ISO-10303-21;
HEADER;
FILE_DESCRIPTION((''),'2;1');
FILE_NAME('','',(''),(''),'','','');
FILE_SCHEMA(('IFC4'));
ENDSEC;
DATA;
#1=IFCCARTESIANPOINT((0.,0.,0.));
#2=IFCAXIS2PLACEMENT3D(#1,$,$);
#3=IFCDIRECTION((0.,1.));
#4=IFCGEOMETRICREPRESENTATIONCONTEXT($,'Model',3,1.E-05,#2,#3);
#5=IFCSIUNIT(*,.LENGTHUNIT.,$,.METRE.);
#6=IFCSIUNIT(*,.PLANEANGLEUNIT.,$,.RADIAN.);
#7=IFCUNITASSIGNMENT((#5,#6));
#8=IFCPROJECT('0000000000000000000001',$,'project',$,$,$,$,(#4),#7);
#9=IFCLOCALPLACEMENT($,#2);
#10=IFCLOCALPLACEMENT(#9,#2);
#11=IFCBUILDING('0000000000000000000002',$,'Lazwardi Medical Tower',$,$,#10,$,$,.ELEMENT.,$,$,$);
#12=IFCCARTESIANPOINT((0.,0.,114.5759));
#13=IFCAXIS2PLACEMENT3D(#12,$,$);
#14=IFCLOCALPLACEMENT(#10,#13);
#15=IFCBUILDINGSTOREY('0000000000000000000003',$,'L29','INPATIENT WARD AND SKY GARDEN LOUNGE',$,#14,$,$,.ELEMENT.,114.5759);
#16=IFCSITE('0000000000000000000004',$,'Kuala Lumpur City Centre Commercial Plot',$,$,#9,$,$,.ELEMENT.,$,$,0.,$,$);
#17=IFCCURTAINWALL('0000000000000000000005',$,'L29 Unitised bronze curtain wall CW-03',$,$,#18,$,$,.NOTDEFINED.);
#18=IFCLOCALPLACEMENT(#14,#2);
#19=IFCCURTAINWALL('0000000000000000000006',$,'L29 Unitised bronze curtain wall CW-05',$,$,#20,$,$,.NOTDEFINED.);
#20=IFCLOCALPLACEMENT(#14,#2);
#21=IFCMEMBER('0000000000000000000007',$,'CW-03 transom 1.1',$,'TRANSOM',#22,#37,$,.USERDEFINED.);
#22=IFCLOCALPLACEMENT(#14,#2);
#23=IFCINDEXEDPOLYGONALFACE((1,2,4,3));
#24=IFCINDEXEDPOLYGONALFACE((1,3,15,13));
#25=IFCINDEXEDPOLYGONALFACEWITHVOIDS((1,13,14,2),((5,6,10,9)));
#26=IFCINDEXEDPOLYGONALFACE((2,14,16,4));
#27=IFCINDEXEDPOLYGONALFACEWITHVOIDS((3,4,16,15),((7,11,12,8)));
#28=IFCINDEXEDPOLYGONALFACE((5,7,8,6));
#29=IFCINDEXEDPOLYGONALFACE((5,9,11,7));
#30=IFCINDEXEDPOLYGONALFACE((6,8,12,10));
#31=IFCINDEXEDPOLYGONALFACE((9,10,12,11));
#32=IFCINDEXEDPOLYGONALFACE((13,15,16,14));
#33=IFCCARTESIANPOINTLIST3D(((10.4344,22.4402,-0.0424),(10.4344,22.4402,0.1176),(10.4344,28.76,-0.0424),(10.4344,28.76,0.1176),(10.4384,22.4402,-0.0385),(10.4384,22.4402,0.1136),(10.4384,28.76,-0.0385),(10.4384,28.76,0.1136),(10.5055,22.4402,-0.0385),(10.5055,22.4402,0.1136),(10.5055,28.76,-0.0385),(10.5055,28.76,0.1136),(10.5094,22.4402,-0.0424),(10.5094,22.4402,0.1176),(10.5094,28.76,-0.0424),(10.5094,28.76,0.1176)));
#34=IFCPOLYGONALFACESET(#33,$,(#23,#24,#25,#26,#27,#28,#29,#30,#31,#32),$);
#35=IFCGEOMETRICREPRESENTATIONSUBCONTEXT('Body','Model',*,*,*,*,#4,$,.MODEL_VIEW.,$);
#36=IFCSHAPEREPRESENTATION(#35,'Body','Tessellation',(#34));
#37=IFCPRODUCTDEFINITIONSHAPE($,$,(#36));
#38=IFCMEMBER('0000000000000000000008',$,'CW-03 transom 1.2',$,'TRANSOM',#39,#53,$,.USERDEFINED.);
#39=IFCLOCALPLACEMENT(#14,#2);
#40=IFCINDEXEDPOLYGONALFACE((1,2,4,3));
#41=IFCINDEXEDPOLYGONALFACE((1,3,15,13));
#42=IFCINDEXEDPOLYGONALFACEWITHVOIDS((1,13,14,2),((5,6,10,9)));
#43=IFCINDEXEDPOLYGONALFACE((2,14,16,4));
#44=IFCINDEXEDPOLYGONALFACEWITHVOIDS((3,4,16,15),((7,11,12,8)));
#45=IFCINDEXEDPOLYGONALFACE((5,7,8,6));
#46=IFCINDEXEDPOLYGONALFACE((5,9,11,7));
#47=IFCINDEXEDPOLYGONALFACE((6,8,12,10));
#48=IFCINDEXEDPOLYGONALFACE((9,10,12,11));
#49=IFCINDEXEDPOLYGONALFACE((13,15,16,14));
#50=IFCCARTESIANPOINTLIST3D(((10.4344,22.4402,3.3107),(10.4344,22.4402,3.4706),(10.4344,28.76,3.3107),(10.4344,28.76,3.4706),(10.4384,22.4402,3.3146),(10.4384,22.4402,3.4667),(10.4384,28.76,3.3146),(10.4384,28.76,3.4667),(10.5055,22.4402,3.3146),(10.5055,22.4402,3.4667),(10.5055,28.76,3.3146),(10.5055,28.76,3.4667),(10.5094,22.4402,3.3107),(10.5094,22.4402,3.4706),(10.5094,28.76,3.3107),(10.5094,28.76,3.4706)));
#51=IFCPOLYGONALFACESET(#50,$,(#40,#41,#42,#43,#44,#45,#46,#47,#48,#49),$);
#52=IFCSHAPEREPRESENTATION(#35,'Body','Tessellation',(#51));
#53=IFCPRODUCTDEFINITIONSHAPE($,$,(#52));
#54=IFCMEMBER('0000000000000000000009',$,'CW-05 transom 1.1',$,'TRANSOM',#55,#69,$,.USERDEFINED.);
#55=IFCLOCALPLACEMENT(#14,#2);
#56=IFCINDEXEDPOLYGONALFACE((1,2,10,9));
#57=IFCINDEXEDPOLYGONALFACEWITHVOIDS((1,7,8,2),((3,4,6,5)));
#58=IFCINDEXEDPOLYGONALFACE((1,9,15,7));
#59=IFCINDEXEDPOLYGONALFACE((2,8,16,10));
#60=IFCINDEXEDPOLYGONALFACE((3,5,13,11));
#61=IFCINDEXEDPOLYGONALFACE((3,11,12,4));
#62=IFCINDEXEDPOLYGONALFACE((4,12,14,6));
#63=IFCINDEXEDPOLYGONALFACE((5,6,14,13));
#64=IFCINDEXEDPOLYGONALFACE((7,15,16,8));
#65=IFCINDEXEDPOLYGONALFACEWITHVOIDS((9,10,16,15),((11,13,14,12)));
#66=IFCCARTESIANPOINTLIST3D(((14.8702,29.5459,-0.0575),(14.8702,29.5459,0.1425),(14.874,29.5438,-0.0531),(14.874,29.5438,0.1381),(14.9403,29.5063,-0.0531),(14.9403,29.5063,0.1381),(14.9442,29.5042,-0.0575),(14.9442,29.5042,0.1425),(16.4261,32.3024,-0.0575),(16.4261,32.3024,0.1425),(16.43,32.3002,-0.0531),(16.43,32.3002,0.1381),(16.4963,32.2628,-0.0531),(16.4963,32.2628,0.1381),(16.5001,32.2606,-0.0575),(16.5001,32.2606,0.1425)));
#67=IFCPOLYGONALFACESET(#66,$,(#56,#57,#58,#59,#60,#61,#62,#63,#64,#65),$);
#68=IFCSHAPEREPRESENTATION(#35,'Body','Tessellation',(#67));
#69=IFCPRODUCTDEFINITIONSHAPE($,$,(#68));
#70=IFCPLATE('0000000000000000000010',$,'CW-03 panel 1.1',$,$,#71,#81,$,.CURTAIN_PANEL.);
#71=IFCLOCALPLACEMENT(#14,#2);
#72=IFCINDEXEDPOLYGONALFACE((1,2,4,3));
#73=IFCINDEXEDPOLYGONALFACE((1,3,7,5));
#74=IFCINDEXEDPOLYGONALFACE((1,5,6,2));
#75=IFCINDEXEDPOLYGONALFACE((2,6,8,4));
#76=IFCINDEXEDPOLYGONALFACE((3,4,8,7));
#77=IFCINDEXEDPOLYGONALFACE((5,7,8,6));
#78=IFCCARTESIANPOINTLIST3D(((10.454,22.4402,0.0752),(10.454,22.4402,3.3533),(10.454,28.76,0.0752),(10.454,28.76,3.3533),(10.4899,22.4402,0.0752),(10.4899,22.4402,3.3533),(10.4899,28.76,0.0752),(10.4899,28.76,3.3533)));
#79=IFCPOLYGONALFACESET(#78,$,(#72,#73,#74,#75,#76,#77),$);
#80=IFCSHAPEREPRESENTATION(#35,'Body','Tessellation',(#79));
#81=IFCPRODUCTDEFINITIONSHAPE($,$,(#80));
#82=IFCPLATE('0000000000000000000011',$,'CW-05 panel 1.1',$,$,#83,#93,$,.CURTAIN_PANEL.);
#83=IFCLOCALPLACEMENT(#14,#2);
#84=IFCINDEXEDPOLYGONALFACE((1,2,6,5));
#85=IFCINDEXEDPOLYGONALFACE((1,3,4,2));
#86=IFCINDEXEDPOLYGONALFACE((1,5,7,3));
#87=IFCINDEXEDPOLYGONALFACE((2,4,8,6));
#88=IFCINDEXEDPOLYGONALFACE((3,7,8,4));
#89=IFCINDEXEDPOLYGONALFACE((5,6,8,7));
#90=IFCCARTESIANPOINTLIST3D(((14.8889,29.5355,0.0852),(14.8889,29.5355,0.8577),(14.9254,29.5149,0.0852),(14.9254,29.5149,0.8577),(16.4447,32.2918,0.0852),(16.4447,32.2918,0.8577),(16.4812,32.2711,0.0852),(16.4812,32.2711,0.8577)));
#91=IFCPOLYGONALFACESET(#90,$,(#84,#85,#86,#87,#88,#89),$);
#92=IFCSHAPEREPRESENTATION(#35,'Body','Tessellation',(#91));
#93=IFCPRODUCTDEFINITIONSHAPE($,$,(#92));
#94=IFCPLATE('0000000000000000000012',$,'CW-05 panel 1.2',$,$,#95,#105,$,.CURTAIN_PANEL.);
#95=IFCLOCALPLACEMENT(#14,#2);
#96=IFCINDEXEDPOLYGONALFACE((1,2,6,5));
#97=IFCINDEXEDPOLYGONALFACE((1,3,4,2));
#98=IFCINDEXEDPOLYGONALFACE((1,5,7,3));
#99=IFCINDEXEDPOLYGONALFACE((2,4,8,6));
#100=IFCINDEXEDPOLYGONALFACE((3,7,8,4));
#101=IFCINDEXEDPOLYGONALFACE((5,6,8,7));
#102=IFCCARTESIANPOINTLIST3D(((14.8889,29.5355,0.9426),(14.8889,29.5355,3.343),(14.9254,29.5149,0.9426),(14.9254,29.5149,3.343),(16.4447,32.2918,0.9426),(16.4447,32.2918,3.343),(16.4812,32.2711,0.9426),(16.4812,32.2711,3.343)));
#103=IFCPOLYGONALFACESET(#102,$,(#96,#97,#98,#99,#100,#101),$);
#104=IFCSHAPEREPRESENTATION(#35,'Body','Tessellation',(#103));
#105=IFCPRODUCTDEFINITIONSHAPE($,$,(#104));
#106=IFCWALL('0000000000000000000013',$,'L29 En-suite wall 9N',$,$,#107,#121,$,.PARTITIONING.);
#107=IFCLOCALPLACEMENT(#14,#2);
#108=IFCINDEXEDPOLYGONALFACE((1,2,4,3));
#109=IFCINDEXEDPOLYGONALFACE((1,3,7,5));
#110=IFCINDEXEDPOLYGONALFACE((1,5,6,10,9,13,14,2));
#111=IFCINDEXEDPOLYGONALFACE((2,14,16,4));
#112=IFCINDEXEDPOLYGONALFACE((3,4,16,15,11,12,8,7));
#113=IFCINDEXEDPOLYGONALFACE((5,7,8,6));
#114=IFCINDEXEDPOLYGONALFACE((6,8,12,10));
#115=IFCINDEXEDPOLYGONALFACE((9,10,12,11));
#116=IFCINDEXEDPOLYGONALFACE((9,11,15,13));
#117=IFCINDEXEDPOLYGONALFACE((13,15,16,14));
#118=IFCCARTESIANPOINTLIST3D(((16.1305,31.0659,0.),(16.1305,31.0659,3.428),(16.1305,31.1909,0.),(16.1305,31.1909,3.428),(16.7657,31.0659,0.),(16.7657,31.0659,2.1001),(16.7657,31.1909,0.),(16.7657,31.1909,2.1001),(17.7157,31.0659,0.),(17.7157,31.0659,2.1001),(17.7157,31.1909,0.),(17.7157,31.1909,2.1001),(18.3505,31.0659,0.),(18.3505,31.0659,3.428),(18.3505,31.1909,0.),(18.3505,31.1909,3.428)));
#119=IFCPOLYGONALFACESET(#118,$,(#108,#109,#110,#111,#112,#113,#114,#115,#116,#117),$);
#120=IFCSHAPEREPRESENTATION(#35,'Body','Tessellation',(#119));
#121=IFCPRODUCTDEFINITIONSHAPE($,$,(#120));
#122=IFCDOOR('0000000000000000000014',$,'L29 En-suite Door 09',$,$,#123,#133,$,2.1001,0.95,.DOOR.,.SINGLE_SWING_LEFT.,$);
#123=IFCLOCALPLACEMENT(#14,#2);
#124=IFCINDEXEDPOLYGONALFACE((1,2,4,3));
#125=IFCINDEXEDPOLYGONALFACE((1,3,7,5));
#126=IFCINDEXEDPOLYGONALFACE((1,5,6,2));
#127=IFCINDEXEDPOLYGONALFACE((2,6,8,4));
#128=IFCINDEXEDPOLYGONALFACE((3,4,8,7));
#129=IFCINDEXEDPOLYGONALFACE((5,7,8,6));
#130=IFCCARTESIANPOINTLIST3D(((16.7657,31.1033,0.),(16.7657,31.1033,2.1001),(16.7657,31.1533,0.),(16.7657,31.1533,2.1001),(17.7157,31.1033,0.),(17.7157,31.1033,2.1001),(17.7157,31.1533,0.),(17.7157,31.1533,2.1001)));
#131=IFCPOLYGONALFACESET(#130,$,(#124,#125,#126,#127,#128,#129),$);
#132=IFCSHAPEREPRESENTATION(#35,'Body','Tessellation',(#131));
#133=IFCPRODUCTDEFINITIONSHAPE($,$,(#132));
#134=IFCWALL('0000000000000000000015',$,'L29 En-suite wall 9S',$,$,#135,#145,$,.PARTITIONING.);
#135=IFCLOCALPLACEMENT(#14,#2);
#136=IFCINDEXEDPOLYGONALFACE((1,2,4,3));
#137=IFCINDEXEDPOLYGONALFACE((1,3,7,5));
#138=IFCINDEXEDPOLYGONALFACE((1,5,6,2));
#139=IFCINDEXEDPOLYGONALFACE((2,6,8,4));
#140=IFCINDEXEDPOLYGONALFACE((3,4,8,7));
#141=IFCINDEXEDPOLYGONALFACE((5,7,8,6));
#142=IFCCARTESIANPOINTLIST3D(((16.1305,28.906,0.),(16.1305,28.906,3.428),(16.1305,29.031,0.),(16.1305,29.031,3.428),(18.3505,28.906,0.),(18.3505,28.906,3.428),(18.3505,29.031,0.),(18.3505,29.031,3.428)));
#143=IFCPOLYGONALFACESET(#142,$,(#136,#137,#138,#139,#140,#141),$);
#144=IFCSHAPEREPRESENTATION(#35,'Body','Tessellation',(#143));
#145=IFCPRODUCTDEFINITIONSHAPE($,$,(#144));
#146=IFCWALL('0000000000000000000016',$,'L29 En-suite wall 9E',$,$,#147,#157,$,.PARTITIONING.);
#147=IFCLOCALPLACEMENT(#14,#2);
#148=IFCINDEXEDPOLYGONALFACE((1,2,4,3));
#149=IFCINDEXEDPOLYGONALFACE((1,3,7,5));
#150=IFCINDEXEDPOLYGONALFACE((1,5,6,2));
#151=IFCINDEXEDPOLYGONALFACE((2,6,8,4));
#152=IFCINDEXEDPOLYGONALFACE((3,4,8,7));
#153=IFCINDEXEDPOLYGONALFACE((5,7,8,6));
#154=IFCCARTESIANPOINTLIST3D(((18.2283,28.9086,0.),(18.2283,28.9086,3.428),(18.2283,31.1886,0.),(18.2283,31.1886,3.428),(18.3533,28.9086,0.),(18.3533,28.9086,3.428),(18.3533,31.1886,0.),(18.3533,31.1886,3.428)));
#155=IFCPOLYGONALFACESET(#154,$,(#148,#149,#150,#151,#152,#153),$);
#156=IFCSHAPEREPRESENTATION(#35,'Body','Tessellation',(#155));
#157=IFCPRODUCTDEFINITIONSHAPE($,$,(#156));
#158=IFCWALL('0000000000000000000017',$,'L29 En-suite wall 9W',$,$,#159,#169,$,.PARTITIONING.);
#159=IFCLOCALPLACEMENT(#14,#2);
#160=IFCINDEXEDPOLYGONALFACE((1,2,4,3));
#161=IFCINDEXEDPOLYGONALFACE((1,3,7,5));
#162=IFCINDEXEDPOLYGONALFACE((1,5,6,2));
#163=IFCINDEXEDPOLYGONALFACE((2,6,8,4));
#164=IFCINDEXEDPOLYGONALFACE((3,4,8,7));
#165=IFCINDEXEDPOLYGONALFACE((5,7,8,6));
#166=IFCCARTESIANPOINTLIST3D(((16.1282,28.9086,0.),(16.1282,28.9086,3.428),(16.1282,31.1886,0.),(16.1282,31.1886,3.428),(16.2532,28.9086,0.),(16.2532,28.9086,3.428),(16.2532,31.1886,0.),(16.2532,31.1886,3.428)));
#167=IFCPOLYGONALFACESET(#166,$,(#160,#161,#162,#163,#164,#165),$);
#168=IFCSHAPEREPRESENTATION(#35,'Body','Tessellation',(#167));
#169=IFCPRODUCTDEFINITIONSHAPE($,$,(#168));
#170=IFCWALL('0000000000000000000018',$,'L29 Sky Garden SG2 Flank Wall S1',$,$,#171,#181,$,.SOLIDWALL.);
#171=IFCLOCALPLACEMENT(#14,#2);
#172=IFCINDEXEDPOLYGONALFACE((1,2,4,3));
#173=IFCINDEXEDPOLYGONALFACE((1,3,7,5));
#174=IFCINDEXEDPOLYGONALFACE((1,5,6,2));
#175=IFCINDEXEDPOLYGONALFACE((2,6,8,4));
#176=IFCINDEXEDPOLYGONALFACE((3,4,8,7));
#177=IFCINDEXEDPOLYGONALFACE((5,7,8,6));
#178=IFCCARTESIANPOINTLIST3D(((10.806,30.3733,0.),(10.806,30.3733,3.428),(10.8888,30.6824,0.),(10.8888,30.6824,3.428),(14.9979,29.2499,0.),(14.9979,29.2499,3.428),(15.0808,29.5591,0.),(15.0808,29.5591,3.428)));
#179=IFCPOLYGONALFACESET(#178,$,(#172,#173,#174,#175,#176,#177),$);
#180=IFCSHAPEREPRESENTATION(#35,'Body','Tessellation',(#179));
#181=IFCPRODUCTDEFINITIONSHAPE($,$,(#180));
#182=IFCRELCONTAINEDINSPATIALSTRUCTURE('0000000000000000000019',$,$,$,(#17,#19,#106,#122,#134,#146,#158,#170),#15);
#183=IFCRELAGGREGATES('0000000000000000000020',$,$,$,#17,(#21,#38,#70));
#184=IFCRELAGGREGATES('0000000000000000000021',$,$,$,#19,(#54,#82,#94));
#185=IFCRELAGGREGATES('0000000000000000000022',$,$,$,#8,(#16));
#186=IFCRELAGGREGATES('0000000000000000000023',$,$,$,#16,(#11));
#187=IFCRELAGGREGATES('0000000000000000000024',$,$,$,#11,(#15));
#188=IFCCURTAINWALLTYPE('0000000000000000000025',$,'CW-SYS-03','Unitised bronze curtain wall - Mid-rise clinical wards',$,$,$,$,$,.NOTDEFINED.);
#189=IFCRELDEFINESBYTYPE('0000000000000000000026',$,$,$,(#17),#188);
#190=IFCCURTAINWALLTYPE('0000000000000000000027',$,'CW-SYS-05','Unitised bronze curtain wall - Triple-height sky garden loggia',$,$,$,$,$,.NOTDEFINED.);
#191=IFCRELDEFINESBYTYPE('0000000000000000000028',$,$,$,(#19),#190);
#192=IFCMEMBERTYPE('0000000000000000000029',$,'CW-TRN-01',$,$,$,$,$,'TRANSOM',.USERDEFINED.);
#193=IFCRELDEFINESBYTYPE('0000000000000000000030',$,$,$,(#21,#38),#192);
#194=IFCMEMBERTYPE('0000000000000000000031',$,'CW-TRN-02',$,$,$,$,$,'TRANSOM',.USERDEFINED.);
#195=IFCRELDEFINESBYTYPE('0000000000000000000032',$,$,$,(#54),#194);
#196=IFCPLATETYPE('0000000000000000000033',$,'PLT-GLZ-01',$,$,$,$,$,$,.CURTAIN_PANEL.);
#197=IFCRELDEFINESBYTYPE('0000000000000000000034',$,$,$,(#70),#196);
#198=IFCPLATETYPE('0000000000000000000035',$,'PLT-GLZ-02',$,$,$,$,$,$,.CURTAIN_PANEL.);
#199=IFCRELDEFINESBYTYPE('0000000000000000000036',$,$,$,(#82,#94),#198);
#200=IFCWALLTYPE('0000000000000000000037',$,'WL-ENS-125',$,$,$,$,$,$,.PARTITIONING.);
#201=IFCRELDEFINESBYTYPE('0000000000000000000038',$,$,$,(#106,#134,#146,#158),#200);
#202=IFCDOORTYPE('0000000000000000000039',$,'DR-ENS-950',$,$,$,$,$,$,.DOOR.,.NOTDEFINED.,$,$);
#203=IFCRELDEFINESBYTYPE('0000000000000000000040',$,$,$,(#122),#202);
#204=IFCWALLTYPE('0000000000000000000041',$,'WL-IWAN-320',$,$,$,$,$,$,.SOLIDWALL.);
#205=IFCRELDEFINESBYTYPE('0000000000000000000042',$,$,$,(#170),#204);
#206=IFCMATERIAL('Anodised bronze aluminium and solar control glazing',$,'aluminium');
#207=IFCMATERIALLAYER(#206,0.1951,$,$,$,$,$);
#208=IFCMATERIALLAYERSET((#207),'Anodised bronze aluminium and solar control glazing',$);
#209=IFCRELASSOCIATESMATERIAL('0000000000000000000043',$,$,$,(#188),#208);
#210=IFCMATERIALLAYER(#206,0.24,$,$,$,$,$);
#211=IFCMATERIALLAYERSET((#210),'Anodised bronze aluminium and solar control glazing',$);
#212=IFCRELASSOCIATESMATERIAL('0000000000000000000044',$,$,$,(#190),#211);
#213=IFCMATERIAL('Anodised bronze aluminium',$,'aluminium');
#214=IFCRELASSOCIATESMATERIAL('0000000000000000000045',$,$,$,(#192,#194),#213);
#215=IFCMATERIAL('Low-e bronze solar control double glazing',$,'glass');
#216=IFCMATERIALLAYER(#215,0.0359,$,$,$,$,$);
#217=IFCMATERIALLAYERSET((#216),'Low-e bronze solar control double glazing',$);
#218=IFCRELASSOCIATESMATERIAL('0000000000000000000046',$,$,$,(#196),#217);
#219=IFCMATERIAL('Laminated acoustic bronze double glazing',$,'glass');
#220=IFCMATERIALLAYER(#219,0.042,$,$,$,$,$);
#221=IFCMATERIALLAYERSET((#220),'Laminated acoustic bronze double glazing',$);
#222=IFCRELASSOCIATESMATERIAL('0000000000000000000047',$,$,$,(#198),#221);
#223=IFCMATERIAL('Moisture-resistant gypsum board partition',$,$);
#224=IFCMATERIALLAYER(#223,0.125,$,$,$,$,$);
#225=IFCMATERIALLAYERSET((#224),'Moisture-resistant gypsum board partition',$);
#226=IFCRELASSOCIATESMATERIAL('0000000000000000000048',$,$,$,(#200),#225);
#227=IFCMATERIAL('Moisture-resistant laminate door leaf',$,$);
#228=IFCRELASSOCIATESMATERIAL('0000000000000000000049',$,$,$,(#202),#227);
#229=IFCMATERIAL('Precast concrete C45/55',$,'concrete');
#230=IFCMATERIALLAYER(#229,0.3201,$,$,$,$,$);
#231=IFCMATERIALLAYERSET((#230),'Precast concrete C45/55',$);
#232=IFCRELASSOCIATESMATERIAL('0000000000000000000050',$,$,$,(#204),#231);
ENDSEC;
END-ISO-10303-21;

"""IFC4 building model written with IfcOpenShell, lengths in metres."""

from ifc_helpers import new_model, si_unit, direction, frame, frame_2d, origin, origin_2d, place, context, subcontext, project, spatial, rectangle, hollow_rectangle, extrude, material, layer, layer_set, material_profile, profile_set, type_object, element, fill, aggregate, save


model = new_model("IFC4")

# Units and contexts
model_context = context("Model", 3, precision=1e-05, world=origin(), true_north=direction((0.0, 1.0)))
body_context = subcontext(model_context, "Body", "Model", "MODEL_VIEW")
ifc_project = project(units=[si_unit("LENGTHUNIT", "METRE"), si_unit("PLANEANGLEUNIT", "RADIAN")], contexts=[model_context])

# Site, building, storey
site_placement = place(None, origin())
site = spatial("IfcSite", under=ifc_project, at=site_placement, Name="Kuala Lumpur City Centre Commercial Plot", CompositionType="ELEMENT", RefElevation=0.0)
building_placement = place(site_placement, origin())
building = spatial("IfcBuilding", under=site, at=building_placement, Name="Lazwardi Medical Tower", CompositionType="ELEMENT")
storey_placement = place(building_placement, frame((0.0, 0.0, 114.5759)))
storey = spatial("IfcBuildingStorey", under=building, at=storey_placement, Name="L29", Description="INPATIENT WARD AND SKY GARDEN LOUNGE", CompositionType="ELEMENT", Elevation=114.5759)

# Curtain walls
ifc_material_1 = material(Name="Anodised bronze aluminium and solar control glazing", Category="aluminium")
ifc_layer_1 = layer(ifc_material_1, 0.1951)
ifc_layer_set_1 = layer_set([ifc_layer_1], Name="Anodised bronze aluminium and solar control glazing")
curtain_wall_type_1 = type_object("IfcCurtainWallType", Name="CW-SYS-03", Description="Unitised bronze curtain wall - Mid-rise clinical wards", PredefinedType="NOTDEFINED", material=ifc_layer_set_1)
curtain_wall_1_placement = place(storey_placement, origin())
curtain_wall_1 = element("IfcCurtainWall", 1, at=curtain_wall_1_placement, inside=storey, type_object=curtain_wall_type_1, Name="L29 Unitised bronze curtain wall CW-03", PredefinedType="NOTDEFINED")
ifc_material_2 = material(Name="Anodised bronze aluminium", Category="aluminium")
ifc_layer_2 = layer(ifc_material_1, 0.24)
ifc_layer_set_2 = layer_set([ifc_layer_2], Name="Anodised bronze aluminium and solar control glazing")
curtain_wall_type_2 = type_object("IfcCurtainWallType", Name="CW-SYS-05", Description="Unitised bronze curtain wall - Triple-height sky garden loggia", PredefinedType="NOTDEFINED", material=ifc_layer_set_2)
curtain_wall_2_placement = place(storey_placement, origin())
curtain_wall_2 = element("IfcCurtainWall", 2, at=curtain_wall_2_placement, inside=storey, type_object=curtain_wall_type_2, Name="L29 Unitised bronze curtain wall CW-05", PredefinedType="NOTDEFINED")

# Members
ifc_material_profile_1 = material_profile(ifc_material_2, hollow_rectangle(XDim=0.075, YDim=0.1599, WallThickness=0.0039, at=origin_2d()), Name="ALU-TRANSOM 160x75x4")
ifc_profile_set_1 = profile_set([ifc_material_profile_1], Name="Anodised bronze aluminium")
member_type_1 = type_object("IfcMemberType", Name="CW-TRN-01", ElementType="TRANSOM", PredefinedType="USERDEFINED", material=ifc_profile_set_1)
member_1_placement = place(storey_placement, frame((10.4719, 28.76, 0.0376), z_axis=(0.0, -1.0, 0.0), x_axis=(1.0, 0.0, 0.0)))
member_1 = element("IfcMember", 3, at=member_1_placement, type_object=member_type_1, Name="CW-03 transom 1.1", ObjectType="TRANSOM", PredefinedType="USERDEFINED", context=body_context, shape_type="SweptSolid", body=[
    extrude(hollow_rectangle(XDim=0.075, YDim=0.1599, WallThickness=0.0039, at=origin_2d()), origin(), (0.0, 0.0, 1.0), 6.3198),
])
member_2_placement = place(storey_placement, frame((10.4719, 28.76, 3.3906), z_axis=(0.0, -1.0, 0.0), x_axis=(1.0, 0.0, 0.0)))
member_2 = element("IfcMember", 4, at=member_2_placement, type_object=member_type_1, Name="CW-03 transom 1.2", ObjectType="TRANSOM", PredefinedType="USERDEFINED", context=body_context, shape_type="SweptSolid", body=[
    extrude(hollow_rectangle(XDim=0.075, YDim=0.1599, WallThickness=0.0039, at=origin_2d()), origin(), (0.0, 0.0, 1.0), 6.3198),
])
ifc_material_profile_2 = material_profile(ifc_material_2, hollow_rectangle(XDim=0.085, YDim=0.2, WallThickness=0.0044, at=origin_2d()), Name="ALU-TRANSOM 200x85x4.5")
ifc_profile_set_2 = profile_set([ifc_material_profile_2], Name="Anodised bronze aluminium")
member_type_2 = type_object("IfcMemberType", Name="CW-TRN-02", ElementType="TRANSOM", PredefinedType="USERDEFINED", material=ifc_profile_set_2)
member_3_placement = place(storey_placement, frame((16.4631, 32.2815, 0.0425), z_axis=(-0.491572, -0.870837, 0.0), x_axis=(0.870837, -0.491572, 0.0)))
member_3 = element("IfcMember", 5, at=member_3_placement, type_object=member_type_2, Name="CW-05 transom 1.1", ObjectType="TRANSOM", PredefinedType="USERDEFINED", context=body_context, shape_type="SweptSolid", body=[
    extrude(hollow_rectangle(XDim=0.085, YDim=0.2, WallThickness=0.0044, at=origin_2d()), origin(), (0.0, 0.0, 1.0), 3.1653),
])

# Plates
ifc_material_3 = material(Name="Low-e bronze solar control double glazing", Category="glass")
ifc_layer_3 = layer(ifc_material_3, 0.0359)
ifc_layer_set_3 = layer_set([ifc_layer_3], Name="Low-e bronze solar control double glazing")
plate_type_1 = type_object("IfcPlateType", Name="PLT-GLZ-01", PredefinedType="CURTAIN_PANEL", material=ifc_layer_set_3)
plate_1_placement = place(storey_placement, frame((10.4719, 25.6001, 0.0752), z_axis=(0.0, 0.0, 1.0), x_axis=(0.0, -1.0, 0.0)))
plate_1 = element("IfcPlate", 6, at=plate_1_placement, type_object=plate_type_1, Name="CW-03 panel 1.1", PredefinedType="CURTAIN_PANEL", context=body_context, shape_type="SweptSolid", body=[
    extrude(rectangle(XDim=6.3198, YDim=0.0359, at=origin_2d()), origin(), (0.0, 0.0, 1.0), 3.2781),
])
aggregate(curtain_wall_1, [member_1, member_2, plate_1])
ifc_material_4 = material(Name="Laminated acoustic bronze double glazing", Category="glass")
ifc_layer_4 = layer(ifc_material_4, 0.042)
ifc_layer_set_4 = layer_set([ifc_layer_4], Name="Laminated acoustic bronze double glazing")
plate_type_2 = type_object("IfcPlateType", Name="PLT-GLZ-02", PredefinedType="CURTAIN_PANEL", material=ifc_layer_set_4)
plate_2_placement = place(storey_placement, frame((15.6851, 30.9033, 0.0852), z_axis=(0.0, 0.0, 1.0), x_axis=(-0.491556, -0.870846, 0.0)))
plate_2 = element("IfcPlate", 7, at=plate_2_placement, type_object=plate_type_2, Name="CW-05 panel 1.1", PredefinedType="CURTAIN_PANEL", context=body_context, shape_type="SweptSolid", body=[
    extrude(rectangle(XDim=3.165, YDim=0.042, at=origin_2d()), origin(), (0.0, 0.0, 1.0), 0.7725),
])
plate_3_placement = place(storey_placement, frame((15.6851, 30.9033, 0.9426), z_axis=(0.0, 0.0, 1.0), x_axis=(-0.491556, -0.870846, 0.0)))
plate_3 = element("IfcPlate", 8, at=plate_3_placement, type_object=plate_type_2, Name="CW-05 panel 1.2", PredefinedType="CURTAIN_PANEL", context=body_context, shape_type="SweptSolid", body=[
    extrude(rectangle(XDim=3.165, YDim=0.042, at=origin_2d()), origin(), (0.0, 0.0, 1.0), 2.4004),
])
aggregate(curtain_wall_2, [member_3, plate_2, plate_3])

# Wall, opening, door
ifc_material_5 = material(Name="Moisture-resistant gypsum board partition")
ifc_layer_5 = layer(ifc_material_5, 0.125)
ifc_layer_set_5 = layer_set([ifc_layer_5], Name="Moisture-resistant gypsum board partition")
wall_type_1 = type_object("IfcWallType", Name="WL-ENS-125", PredefinedType="PARTITIONING", material=ifc_layer_set_5)
wall_1_placement = place(storey_placement, frame((16.1306, 31.1284, 0.0), z_axis=(0.0, 0.0, 1.0), x_axis=(1.0, 0.0, 0.0)))
wall_1 = element("IfcWall", 9, at=wall_1_placement, inside=storey, type_object=wall_type_1, Name="L29 En-suite wall 9N", PredefinedType="PARTITIONING", context=body_context, shape_type="SweptSolid", body=[
    extrude(rectangle(XDim=2.22, YDim=0.125, at=frame_2d((1.1099, 0.0))), origin(), (0.0, 0.0, 1.0), 3.428),
])
opening_placement = place(wall_1_placement, frame((0.635, 0.0, 0.0)))
opening = element("IfcOpeningElement", 10, at=opening_placement, cuts=wall_1, PredefinedType="OPENING", context=body_context, shape_type="SweptSolid", body=[
    extrude(rectangle(XDim=0.95, YDim=2.1001, at=frame_2d((0.4751, 1.05))), frame((0.0, 0.0725, 0.0), z_axis=(0.0, -1.0, 0.0), x_axis=(1.0, 0.0, 0.0)), (0.0, 0.0, 1.0), 0.145),
])
ifc_material_6 = material(Name="Moisture-resistant laminate door leaf")
door_type = type_object("IfcDoorType", Name="DR-ENS-950", OperationType="NOTDEFINED", PredefinedType="DOOR", material=ifc_material_6)
door_placement = place(opening_placement, origin())
door = element("IfcDoor", 11, at=door_placement, inside=storey, type_object=door_type, Name="L29 En-suite Door 09", OperationType="SINGLE_SWING_LEFT", OverallHeight=2.1001, OverallWidth=0.95, PredefinedType="DOOR", context=body_context, shape_type="SweptSolid", body=[
    extrude(rectangle(XDim=0.95, YDim=2.1001, at=frame_2d((0.4751, 1.05))), frame((0.0, 0.0249, 0.0), z_axis=(0.0, -1.0, 0.0), x_axis=(1.0, 0.0, 0.0)), (0.0, 0.0, 1.0), 0.05),
])
fill(opening, door)

# Walls
wall_2_placement = place(storey_placement, frame((16.1306, 28.9685, 0.0), z_axis=(0.0, 0.0, 1.0), x_axis=(1.0, 0.0, 0.0)))
element("IfcWall", 12, at=wall_2_placement, inside=storey, type_object=wall_type_1, Name="L29 En-suite wall 9S", PredefinedType="PARTITIONING", context=body_context, shape_type="SweptSolid", body=[
    extrude(rectangle(XDim=2.22, YDim=0.125, at=frame_2d((1.1099, 0.0))), origin(), (0.0, 0.0, 1.0), 3.428),
])
for number, where, z_axis, x_axis, name in (
    (13, (18.2908, 28.9084, 0.0), (0.0, 0.0, 1.0), (0.0, 1.0, 0.0), "L29 En-suite wall 9E"),
    (14, (16.1907, 28.9084, 0.0), (0.0, 0.0, 1.0), (0.0, 1.0, 0.0), "L29 En-suite wall 9W"),
):
    element("IfcWall", number, at=place(storey_placement, frame(where, z_axis=z_axis, x_axis=x_axis)), inside=storey, type_object=wall_type_1, Name=name, PredefinedType="PARTITIONING", context=body_context, shape_type="SweptSolid", body=[
        extrude(rectangle(XDim=2.28, YDim=0.125, at=frame_2d((1.1401, 0.0))), origin(), (0.0, 0.0, 1.0), 3.428),
    ])
ifc_material_7 = material(Name="Precast concrete C45/55", Category="concrete")
ifc_layer_6 = layer(ifc_material_7, 0.3201)
ifc_layer_set_6 = layer_set([ifc_layer_6], Name="Precast concrete C45/55")
wall_type_2 = type_object("IfcWallType", Name="WL-IWAN-320", PredefinedType="SOLIDWALL", material=ifc_layer_set_6)
wall_3_placement = place(storey_placement, frame((10.8474, 30.5278, 0.0), z_axis=(0.0, 0.0, 1.0), x_axis=(0.965921, -0.258835, 0.0)))
element("IfcWall", 15, at=wall_3_placement, inside=storey, type_object=wall_type_2, Name="L29 Sky Garden SG2 Flank Wall S1", PredefinedType="SOLIDWALL", context=body_context, shape_type="SweptSolid", body=[
    extrude(rectangle(XDim=4.3398, YDim=0.3201, at=frame_2d((2.1699, 0.0))), origin(), (0.0, 0.0, 1.0), 3.428),
])

save(model, "model.ifc")
